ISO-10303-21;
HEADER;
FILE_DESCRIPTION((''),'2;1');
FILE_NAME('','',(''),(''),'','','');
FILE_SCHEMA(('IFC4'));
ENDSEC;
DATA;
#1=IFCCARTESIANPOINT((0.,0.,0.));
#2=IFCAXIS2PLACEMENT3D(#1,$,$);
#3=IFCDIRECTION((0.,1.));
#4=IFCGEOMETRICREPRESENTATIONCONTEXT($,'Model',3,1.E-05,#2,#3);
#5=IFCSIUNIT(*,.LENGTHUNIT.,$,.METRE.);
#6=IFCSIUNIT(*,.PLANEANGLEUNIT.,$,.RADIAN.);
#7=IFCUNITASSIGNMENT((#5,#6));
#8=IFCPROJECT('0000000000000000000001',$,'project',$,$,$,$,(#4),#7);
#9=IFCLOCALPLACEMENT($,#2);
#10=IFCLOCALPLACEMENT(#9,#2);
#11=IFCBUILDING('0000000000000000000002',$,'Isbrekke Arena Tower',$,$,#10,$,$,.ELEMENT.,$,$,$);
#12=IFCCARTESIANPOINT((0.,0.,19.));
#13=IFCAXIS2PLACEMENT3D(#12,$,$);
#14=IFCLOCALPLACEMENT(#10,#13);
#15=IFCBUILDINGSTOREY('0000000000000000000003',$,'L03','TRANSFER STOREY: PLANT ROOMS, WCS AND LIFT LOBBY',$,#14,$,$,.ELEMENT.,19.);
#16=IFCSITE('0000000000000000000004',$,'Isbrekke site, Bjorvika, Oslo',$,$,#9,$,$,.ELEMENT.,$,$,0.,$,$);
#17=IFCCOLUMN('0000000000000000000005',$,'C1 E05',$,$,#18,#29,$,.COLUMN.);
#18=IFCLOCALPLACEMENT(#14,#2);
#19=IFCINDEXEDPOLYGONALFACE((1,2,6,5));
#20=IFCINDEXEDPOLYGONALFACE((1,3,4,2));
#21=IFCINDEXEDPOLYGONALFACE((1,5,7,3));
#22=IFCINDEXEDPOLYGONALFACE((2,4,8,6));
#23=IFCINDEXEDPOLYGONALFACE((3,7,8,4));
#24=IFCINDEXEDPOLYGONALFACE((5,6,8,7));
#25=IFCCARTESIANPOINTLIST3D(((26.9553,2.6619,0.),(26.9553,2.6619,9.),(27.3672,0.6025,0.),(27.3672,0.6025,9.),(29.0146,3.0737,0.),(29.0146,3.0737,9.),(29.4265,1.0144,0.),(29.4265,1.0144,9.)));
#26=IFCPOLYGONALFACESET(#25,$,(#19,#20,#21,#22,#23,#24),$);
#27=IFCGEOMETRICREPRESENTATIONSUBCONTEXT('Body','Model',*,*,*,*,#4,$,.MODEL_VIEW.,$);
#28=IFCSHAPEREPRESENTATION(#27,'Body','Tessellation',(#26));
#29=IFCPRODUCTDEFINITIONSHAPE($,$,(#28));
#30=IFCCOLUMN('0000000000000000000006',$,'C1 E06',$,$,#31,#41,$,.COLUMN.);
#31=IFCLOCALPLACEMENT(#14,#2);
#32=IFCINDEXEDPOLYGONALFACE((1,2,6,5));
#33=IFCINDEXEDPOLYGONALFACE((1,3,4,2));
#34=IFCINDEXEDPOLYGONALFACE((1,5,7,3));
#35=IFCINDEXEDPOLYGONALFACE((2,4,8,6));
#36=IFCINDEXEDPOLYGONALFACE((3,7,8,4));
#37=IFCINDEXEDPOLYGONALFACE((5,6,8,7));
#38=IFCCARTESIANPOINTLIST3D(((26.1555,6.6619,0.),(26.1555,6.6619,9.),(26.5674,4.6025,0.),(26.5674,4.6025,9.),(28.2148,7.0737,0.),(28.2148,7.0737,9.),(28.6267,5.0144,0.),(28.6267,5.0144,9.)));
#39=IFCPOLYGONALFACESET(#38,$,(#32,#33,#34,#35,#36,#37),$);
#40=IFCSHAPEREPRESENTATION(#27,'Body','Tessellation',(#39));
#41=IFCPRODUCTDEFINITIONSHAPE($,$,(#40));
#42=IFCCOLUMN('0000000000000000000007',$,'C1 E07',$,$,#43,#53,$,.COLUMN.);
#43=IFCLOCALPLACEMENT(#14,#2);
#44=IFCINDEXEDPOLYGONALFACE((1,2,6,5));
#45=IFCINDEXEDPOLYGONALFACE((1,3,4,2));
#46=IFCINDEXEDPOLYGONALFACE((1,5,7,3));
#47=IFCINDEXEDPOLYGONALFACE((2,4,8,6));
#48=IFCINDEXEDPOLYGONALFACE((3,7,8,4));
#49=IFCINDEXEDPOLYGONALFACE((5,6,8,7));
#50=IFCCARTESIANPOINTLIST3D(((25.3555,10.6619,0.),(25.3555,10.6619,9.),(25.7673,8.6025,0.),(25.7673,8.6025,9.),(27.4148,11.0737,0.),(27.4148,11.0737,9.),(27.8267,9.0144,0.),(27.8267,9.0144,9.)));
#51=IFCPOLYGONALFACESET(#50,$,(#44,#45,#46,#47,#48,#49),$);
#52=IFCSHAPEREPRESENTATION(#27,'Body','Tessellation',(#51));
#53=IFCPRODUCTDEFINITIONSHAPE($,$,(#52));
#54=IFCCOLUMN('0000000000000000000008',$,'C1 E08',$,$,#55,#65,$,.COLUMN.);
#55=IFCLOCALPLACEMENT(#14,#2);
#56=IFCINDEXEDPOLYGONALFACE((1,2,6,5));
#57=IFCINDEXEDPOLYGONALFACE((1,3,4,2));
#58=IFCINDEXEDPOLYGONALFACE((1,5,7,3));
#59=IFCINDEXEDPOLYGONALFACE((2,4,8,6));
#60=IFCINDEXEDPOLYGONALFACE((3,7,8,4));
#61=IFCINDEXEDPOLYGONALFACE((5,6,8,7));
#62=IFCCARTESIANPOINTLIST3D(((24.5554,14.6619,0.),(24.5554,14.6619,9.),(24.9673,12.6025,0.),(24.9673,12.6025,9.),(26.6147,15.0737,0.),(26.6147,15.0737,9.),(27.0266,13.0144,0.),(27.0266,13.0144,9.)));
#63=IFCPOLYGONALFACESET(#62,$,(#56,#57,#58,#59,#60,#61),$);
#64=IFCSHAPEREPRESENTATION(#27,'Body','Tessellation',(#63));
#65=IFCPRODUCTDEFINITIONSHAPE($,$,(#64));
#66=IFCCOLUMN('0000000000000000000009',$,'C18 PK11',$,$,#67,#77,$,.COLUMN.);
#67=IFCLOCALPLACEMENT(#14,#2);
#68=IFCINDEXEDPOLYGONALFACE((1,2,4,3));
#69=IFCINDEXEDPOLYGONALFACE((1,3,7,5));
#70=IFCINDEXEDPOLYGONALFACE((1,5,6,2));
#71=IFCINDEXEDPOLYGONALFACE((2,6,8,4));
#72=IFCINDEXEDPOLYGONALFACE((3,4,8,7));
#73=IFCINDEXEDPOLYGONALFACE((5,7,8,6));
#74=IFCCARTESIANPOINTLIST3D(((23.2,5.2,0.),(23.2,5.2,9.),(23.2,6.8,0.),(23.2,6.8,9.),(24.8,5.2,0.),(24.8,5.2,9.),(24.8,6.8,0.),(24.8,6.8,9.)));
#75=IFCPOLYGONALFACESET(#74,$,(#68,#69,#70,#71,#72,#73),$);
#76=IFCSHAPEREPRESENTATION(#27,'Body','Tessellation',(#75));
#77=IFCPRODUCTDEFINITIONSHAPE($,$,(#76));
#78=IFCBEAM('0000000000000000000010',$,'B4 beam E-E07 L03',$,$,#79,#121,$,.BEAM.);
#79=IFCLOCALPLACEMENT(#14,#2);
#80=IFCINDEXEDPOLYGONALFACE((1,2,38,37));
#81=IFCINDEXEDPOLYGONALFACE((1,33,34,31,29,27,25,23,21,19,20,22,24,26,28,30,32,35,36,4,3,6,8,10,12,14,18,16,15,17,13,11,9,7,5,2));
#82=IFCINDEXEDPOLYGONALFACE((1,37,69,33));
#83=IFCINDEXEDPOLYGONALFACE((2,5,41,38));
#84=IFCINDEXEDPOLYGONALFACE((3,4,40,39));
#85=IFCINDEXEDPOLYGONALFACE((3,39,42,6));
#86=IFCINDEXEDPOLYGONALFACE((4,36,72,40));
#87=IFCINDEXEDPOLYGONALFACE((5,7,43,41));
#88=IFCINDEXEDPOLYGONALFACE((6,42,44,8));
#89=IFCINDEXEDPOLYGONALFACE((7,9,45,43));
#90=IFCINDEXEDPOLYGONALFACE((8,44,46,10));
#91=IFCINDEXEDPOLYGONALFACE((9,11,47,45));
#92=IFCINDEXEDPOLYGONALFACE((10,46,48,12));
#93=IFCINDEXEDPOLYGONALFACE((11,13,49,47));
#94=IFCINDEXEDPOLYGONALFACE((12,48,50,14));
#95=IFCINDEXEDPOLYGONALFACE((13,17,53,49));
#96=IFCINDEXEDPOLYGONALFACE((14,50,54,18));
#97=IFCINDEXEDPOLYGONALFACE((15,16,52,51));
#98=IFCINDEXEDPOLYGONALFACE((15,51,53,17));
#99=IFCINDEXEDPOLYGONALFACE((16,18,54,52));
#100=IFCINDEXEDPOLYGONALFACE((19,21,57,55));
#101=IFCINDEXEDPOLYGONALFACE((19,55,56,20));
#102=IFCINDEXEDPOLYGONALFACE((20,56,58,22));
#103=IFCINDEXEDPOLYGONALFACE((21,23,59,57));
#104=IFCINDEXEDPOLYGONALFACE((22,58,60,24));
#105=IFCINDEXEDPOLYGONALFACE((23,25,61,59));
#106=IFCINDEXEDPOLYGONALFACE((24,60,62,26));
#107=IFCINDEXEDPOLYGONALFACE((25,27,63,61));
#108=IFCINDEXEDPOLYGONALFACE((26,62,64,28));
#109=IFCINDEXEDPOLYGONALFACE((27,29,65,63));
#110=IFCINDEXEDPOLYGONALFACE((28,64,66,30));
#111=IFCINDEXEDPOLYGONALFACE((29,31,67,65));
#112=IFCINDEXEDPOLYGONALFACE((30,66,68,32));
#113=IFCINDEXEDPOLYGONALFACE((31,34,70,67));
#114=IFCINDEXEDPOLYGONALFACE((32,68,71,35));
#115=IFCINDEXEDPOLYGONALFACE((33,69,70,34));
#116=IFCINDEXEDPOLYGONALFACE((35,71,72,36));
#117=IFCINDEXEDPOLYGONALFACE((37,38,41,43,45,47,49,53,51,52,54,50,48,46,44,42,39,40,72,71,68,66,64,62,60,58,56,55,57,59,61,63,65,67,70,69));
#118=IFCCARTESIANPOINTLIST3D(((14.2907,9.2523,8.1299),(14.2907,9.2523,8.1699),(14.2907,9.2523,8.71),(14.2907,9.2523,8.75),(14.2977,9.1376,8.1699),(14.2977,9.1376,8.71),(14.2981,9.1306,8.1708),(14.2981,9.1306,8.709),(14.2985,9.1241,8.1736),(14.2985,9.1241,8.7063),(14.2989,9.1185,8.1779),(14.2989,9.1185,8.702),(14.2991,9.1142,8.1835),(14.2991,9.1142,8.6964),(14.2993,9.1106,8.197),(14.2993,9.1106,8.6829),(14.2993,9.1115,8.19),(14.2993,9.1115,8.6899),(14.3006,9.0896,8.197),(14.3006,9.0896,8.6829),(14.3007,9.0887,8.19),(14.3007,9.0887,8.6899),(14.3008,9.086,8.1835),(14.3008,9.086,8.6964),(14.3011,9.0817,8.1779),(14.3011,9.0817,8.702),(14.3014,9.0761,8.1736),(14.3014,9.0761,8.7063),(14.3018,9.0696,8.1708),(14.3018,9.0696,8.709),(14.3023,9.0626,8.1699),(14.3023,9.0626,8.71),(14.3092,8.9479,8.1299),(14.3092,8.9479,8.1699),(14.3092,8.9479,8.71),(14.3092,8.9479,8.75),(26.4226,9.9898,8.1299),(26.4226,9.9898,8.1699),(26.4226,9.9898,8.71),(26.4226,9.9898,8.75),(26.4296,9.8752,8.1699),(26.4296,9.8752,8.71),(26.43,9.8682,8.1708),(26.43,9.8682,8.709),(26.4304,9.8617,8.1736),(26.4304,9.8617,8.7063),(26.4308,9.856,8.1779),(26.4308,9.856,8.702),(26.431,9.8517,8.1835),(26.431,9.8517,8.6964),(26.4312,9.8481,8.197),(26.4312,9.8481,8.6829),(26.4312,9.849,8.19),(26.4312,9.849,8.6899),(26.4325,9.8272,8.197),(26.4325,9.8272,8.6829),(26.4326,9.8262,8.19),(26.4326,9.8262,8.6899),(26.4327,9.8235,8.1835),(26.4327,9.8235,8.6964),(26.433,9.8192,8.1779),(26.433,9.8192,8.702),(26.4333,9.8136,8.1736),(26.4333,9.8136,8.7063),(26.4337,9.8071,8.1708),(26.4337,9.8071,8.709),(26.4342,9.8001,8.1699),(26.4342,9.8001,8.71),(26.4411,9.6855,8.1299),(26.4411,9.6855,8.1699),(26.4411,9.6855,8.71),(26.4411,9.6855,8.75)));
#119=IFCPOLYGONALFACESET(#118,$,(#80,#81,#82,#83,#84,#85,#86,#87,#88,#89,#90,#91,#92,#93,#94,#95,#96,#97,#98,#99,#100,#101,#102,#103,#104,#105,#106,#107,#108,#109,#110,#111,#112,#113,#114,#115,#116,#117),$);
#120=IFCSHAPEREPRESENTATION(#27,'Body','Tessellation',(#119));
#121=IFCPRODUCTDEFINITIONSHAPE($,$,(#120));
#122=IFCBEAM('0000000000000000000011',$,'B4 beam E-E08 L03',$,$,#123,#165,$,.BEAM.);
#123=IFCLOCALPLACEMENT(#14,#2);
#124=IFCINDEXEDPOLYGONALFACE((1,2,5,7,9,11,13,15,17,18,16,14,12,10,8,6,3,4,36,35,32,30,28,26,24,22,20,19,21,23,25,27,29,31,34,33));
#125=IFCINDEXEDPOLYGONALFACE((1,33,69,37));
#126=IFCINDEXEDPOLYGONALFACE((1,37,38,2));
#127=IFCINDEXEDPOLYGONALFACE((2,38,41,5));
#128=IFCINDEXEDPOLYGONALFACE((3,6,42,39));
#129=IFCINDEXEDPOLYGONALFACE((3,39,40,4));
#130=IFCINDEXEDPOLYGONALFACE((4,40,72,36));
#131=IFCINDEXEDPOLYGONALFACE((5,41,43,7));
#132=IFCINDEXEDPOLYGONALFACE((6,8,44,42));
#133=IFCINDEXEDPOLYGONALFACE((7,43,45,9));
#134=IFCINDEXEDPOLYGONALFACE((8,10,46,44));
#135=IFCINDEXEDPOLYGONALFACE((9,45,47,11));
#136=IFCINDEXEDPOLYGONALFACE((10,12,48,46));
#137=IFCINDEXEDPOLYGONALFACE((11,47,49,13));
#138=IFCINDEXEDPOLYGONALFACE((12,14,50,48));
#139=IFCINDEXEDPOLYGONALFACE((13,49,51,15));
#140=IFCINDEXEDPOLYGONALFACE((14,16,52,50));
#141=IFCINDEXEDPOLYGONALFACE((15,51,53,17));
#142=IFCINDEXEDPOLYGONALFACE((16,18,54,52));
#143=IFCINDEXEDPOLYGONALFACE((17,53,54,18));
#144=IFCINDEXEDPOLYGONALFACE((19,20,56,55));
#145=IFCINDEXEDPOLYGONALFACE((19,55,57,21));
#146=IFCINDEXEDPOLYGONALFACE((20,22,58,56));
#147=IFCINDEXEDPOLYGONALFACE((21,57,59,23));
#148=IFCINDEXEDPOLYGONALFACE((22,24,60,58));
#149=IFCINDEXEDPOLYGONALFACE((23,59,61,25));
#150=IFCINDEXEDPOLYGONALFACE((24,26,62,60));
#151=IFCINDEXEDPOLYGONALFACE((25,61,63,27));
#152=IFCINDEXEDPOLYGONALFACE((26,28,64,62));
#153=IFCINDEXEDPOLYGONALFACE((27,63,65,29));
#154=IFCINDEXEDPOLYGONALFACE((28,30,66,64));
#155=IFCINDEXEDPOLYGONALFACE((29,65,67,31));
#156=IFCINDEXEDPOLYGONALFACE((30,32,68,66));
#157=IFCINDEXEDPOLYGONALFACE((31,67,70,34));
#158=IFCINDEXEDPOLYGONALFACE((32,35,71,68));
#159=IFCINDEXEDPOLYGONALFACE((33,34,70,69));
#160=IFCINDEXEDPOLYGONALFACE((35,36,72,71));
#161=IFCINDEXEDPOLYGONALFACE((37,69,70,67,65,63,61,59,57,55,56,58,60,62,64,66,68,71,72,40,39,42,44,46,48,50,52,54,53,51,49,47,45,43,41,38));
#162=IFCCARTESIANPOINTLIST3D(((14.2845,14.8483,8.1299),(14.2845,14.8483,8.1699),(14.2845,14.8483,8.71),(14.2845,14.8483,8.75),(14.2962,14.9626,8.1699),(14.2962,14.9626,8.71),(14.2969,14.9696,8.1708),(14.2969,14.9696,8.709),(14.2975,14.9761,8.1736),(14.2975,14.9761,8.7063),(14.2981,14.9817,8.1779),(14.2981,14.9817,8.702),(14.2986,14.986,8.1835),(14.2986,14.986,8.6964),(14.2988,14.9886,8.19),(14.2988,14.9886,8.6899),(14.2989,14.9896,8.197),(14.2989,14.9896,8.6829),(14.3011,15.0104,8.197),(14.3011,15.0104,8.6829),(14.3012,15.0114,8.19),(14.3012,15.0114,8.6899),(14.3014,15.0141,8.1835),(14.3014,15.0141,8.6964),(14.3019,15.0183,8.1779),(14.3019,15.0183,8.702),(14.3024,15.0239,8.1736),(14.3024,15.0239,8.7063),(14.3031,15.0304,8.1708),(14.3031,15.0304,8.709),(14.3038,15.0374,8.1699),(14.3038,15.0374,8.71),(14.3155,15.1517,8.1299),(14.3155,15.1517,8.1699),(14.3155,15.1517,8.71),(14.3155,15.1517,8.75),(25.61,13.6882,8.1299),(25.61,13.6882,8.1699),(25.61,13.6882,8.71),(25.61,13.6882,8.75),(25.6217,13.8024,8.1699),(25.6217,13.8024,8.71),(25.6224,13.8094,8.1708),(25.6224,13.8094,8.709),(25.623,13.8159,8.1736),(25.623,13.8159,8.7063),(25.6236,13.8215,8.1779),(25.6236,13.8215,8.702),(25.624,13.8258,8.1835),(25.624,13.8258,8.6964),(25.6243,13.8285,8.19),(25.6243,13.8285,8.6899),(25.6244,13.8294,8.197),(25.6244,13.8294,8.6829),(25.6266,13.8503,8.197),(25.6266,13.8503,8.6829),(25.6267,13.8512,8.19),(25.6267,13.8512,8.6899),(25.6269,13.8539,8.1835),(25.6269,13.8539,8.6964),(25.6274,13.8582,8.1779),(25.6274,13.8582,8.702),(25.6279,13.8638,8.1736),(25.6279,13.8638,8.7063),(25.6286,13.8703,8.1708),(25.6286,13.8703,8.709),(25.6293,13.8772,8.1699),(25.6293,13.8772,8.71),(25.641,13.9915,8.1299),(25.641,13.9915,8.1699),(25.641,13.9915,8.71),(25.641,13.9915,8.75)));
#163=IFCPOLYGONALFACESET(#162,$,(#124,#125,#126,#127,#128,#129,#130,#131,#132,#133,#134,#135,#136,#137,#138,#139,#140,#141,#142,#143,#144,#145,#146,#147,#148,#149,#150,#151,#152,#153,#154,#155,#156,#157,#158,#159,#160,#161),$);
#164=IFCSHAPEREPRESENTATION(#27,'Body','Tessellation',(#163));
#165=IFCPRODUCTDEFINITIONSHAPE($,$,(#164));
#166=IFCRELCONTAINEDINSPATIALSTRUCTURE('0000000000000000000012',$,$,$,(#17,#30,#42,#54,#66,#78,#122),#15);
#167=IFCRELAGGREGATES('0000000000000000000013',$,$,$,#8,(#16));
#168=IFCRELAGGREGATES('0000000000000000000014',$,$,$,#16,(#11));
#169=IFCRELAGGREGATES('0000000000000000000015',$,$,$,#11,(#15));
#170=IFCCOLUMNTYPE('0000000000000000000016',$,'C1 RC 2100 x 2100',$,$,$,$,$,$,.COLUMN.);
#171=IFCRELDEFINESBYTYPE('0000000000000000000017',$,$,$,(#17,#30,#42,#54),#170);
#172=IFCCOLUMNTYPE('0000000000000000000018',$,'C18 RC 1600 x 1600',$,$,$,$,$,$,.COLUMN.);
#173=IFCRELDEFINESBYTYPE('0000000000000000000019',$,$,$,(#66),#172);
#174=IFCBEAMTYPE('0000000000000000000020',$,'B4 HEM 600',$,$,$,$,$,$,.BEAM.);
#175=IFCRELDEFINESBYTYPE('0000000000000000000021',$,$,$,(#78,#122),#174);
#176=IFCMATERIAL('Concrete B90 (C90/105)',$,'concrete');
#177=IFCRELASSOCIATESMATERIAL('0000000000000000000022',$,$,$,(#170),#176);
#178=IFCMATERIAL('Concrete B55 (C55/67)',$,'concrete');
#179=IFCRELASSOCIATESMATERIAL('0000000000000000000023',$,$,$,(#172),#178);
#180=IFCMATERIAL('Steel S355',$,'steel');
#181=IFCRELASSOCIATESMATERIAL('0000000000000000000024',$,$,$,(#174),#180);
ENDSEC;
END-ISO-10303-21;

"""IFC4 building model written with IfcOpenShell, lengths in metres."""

from ifc_helpers import new_model, si_unit, direction, frame, origin, origin_2d, place, context, subcontext, project, spatial, rectangle, i_section, extrude, material, material_profile, profile_set, type_object, element, save


model = new_model("IFC4")

# Units and contexts
model_context = context("Model", 3, precision=1e-05, world=origin(), true_north=direction((0.0, 1.0)))
body_context = subcontext(model_context, "Body", "Model", "MODEL_VIEW")
ifc_project = project(units=[si_unit("LENGTHUNIT", "METRE"), si_unit("PLANEANGLEUNIT", "RADIAN")], contexts=[model_context])

# Site, building, storey
site_placement = place(None, origin())
site = spatial("IfcSite", under=ifc_project, at=site_placement, Name="Isbrekke site, Bjorvika, Oslo", CompositionType="ELEMENT", RefElevation=0.0)
building_placement = place(site_placement, origin())
building = spatial("IfcBuilding", under=site, at=building_placement, Name="Isbrekke Arena Tower", CompositionType="ELEMENT")
storey_placement = place(building_placement, frame((0.0, 0.0, 19.0)))
storey = spatial("IfcBuildingStorey", under=building, at=storey_placement, Name="L03", Description="TRANSFER STOREY: PLANT ROOMS, WCS AND LIFT LOBBY", CompositionType="ELEMENT", Elevation=19.0)

# Columns
ifc_material_1 = material(Name="Concrete B90 (C90/105)", Category="concrete")
ifc_material_profile_1 = material_profile(ifc_material_1, rectangle(XDim=2.1001, YDim=2.1001, at=origin_2d()), Name="RC 2100x2100")
ifc_profile_set_1 = profile_set([ifc_material_profile_1], Name="Concrete B90 (C90/105)")
column_type_1 = type_object("IfcColumnType", Name="C1 RC 2100 x 2100", PredefinedType="COLUMN", material=ifc_profile_set_1)
for number, where, z_axis, x_axis, name in (
    (1, (28.1909, 1.8381, 0.0), (0.0, 0.0, 1.0), (-0.196116, 0.980581, 0.0), "C1 E05"),
    (2, (27.3911, 5.8381, 0.0), (0.0, 0.0, 1.0), (-0.196116, 0.980581, 0.0), "C1 E06"),
    (3, (26.5911, 9.8381, 0.0), (0.0, 0.0, 1.0), (-0.196116, 0.980581, 0.0), "C1 E07"),
    (4, (25.791, 13.8381, 0.0), (0.0, 0.0, 1.0), (-0.196116, 0.980581, 0.0), "C1 E08"),
):
    element("IfcColumn", number, at=place(storey_placement, frame(where, z_axis=z_axis, x_axis=x_axis)), inside=storey, type_object=column_type_1, Name=name, PredefinedType="COLUMN", context=body_context, shape_type="SweptSolid", body=[
        extrude(rectangle(XDim=2.1001, YDim=2.1001, at=origin_2d()), origin(), (0.0, 0.0, 1.0), 9.0),
    ])
ifc_material_2 = material(Name="Concrete B55 (C55/67)", Category="concrete")
ifc_material_profile_2 = material_profile(ifc_material_2, rectangle(XDim=1.6001, YDim=1.6001, at=origin_2d()), Name="RC 1600x1600")
ifc_profile_set_2 = profile_set([ifc_material_profile_2], Name="Concrete B55 (C55/67)")
column_type_2 = type_object("IfcColumnType", Name="C18 RC 1600 x 1600", PredefinedType="COLUMN", material=ifc_profile_set_2)
column_placement = place(storey_placement, frame((24.0, 6.0, 0.0), z_axis=(0.0, 0.0, 1.0), x_axis=(1.0, 0.0, 0.0)))
element("IfcColumn", 5, at=column_placement, inside=storey, type_object=column_type_2, Name="C18 PK11", PredefinedType="COLUMN", context=body_context, shape_type="SweptSolid", body=[
    extrude(rectangle(XDim=1.6001, YDim=1.6001, at=origin_2d()), origin(), (0.0, 0.0, 1.0), 9.0),
])

# Beams
ifc_material_3 = material(Name="Steel S355", Category="steel")
ifc_material_profile_3 = material_profile(ifc_material_3, i_section(OverallWidth=0.3049, OverallDepth=0.6201, WebThickness=0.021, FlangeThickness=0.04, FilletRadius=0.0271, at=origin_2d()), Name="HEM 600")
ifc_profile_set_3 = profile_set([ifc_material_profile_3], Name="Steel S355")
beam_type_1 = type_object("IfcBeamType", Name="B4 HEM 600", PredefinedType="BEAM", material=ifc_profile_set_3)
beam_1_placement = place(storey_placement, frame((26.4319, 9.8376, 8.4399), z_axis=(-0.998157, -0.060682, 0.0), x_axis=(0.060682, -0.998157, 0.0)))
element("IfcBeam", 6, at=beam_1_placement, inside=storey, type_object=beam_type_1, Name="B4 beam E-E07 L03", PredefinedType="BEAM", context=body_context, shape_type="SweptSolid", body=[
    extrude(i_section(OverallWidth=0.3049, OverallDepth=0.6201, WebThickness=0.021, FlangeThickness=0.04, FilletRadius=0.0271, at=origin_2d()), origin(), (0.0, 0.0, 1.0), 12.1543),
])
beam_2_placement = place(storey_placement, frame((25.6255, 13.8398, 8.4399), z_axis=(-0.994794, 0.101905, 0.0), x_axis=(-0.101905, -0.994794, 0.0)))
element("IfcBeam", 7, at=beam_2_placement, inside=storey, type_object=beam_type_1, Name="B4 beam E-E08 L03", PredefinedType="BEAM", context=body_context, shape_type="SweptSolid", body=[
    extrude(i_section(OverallWidth=0.3049, OverallDepth=0.6201, WebThickness=0.021, FlangeThickness=0.04, FilletRadius=0.0271, at=origin_2d()), origin(), (0.0, 0.0, 1.0), 11.3848),
])

save(model, "model.ifc")
